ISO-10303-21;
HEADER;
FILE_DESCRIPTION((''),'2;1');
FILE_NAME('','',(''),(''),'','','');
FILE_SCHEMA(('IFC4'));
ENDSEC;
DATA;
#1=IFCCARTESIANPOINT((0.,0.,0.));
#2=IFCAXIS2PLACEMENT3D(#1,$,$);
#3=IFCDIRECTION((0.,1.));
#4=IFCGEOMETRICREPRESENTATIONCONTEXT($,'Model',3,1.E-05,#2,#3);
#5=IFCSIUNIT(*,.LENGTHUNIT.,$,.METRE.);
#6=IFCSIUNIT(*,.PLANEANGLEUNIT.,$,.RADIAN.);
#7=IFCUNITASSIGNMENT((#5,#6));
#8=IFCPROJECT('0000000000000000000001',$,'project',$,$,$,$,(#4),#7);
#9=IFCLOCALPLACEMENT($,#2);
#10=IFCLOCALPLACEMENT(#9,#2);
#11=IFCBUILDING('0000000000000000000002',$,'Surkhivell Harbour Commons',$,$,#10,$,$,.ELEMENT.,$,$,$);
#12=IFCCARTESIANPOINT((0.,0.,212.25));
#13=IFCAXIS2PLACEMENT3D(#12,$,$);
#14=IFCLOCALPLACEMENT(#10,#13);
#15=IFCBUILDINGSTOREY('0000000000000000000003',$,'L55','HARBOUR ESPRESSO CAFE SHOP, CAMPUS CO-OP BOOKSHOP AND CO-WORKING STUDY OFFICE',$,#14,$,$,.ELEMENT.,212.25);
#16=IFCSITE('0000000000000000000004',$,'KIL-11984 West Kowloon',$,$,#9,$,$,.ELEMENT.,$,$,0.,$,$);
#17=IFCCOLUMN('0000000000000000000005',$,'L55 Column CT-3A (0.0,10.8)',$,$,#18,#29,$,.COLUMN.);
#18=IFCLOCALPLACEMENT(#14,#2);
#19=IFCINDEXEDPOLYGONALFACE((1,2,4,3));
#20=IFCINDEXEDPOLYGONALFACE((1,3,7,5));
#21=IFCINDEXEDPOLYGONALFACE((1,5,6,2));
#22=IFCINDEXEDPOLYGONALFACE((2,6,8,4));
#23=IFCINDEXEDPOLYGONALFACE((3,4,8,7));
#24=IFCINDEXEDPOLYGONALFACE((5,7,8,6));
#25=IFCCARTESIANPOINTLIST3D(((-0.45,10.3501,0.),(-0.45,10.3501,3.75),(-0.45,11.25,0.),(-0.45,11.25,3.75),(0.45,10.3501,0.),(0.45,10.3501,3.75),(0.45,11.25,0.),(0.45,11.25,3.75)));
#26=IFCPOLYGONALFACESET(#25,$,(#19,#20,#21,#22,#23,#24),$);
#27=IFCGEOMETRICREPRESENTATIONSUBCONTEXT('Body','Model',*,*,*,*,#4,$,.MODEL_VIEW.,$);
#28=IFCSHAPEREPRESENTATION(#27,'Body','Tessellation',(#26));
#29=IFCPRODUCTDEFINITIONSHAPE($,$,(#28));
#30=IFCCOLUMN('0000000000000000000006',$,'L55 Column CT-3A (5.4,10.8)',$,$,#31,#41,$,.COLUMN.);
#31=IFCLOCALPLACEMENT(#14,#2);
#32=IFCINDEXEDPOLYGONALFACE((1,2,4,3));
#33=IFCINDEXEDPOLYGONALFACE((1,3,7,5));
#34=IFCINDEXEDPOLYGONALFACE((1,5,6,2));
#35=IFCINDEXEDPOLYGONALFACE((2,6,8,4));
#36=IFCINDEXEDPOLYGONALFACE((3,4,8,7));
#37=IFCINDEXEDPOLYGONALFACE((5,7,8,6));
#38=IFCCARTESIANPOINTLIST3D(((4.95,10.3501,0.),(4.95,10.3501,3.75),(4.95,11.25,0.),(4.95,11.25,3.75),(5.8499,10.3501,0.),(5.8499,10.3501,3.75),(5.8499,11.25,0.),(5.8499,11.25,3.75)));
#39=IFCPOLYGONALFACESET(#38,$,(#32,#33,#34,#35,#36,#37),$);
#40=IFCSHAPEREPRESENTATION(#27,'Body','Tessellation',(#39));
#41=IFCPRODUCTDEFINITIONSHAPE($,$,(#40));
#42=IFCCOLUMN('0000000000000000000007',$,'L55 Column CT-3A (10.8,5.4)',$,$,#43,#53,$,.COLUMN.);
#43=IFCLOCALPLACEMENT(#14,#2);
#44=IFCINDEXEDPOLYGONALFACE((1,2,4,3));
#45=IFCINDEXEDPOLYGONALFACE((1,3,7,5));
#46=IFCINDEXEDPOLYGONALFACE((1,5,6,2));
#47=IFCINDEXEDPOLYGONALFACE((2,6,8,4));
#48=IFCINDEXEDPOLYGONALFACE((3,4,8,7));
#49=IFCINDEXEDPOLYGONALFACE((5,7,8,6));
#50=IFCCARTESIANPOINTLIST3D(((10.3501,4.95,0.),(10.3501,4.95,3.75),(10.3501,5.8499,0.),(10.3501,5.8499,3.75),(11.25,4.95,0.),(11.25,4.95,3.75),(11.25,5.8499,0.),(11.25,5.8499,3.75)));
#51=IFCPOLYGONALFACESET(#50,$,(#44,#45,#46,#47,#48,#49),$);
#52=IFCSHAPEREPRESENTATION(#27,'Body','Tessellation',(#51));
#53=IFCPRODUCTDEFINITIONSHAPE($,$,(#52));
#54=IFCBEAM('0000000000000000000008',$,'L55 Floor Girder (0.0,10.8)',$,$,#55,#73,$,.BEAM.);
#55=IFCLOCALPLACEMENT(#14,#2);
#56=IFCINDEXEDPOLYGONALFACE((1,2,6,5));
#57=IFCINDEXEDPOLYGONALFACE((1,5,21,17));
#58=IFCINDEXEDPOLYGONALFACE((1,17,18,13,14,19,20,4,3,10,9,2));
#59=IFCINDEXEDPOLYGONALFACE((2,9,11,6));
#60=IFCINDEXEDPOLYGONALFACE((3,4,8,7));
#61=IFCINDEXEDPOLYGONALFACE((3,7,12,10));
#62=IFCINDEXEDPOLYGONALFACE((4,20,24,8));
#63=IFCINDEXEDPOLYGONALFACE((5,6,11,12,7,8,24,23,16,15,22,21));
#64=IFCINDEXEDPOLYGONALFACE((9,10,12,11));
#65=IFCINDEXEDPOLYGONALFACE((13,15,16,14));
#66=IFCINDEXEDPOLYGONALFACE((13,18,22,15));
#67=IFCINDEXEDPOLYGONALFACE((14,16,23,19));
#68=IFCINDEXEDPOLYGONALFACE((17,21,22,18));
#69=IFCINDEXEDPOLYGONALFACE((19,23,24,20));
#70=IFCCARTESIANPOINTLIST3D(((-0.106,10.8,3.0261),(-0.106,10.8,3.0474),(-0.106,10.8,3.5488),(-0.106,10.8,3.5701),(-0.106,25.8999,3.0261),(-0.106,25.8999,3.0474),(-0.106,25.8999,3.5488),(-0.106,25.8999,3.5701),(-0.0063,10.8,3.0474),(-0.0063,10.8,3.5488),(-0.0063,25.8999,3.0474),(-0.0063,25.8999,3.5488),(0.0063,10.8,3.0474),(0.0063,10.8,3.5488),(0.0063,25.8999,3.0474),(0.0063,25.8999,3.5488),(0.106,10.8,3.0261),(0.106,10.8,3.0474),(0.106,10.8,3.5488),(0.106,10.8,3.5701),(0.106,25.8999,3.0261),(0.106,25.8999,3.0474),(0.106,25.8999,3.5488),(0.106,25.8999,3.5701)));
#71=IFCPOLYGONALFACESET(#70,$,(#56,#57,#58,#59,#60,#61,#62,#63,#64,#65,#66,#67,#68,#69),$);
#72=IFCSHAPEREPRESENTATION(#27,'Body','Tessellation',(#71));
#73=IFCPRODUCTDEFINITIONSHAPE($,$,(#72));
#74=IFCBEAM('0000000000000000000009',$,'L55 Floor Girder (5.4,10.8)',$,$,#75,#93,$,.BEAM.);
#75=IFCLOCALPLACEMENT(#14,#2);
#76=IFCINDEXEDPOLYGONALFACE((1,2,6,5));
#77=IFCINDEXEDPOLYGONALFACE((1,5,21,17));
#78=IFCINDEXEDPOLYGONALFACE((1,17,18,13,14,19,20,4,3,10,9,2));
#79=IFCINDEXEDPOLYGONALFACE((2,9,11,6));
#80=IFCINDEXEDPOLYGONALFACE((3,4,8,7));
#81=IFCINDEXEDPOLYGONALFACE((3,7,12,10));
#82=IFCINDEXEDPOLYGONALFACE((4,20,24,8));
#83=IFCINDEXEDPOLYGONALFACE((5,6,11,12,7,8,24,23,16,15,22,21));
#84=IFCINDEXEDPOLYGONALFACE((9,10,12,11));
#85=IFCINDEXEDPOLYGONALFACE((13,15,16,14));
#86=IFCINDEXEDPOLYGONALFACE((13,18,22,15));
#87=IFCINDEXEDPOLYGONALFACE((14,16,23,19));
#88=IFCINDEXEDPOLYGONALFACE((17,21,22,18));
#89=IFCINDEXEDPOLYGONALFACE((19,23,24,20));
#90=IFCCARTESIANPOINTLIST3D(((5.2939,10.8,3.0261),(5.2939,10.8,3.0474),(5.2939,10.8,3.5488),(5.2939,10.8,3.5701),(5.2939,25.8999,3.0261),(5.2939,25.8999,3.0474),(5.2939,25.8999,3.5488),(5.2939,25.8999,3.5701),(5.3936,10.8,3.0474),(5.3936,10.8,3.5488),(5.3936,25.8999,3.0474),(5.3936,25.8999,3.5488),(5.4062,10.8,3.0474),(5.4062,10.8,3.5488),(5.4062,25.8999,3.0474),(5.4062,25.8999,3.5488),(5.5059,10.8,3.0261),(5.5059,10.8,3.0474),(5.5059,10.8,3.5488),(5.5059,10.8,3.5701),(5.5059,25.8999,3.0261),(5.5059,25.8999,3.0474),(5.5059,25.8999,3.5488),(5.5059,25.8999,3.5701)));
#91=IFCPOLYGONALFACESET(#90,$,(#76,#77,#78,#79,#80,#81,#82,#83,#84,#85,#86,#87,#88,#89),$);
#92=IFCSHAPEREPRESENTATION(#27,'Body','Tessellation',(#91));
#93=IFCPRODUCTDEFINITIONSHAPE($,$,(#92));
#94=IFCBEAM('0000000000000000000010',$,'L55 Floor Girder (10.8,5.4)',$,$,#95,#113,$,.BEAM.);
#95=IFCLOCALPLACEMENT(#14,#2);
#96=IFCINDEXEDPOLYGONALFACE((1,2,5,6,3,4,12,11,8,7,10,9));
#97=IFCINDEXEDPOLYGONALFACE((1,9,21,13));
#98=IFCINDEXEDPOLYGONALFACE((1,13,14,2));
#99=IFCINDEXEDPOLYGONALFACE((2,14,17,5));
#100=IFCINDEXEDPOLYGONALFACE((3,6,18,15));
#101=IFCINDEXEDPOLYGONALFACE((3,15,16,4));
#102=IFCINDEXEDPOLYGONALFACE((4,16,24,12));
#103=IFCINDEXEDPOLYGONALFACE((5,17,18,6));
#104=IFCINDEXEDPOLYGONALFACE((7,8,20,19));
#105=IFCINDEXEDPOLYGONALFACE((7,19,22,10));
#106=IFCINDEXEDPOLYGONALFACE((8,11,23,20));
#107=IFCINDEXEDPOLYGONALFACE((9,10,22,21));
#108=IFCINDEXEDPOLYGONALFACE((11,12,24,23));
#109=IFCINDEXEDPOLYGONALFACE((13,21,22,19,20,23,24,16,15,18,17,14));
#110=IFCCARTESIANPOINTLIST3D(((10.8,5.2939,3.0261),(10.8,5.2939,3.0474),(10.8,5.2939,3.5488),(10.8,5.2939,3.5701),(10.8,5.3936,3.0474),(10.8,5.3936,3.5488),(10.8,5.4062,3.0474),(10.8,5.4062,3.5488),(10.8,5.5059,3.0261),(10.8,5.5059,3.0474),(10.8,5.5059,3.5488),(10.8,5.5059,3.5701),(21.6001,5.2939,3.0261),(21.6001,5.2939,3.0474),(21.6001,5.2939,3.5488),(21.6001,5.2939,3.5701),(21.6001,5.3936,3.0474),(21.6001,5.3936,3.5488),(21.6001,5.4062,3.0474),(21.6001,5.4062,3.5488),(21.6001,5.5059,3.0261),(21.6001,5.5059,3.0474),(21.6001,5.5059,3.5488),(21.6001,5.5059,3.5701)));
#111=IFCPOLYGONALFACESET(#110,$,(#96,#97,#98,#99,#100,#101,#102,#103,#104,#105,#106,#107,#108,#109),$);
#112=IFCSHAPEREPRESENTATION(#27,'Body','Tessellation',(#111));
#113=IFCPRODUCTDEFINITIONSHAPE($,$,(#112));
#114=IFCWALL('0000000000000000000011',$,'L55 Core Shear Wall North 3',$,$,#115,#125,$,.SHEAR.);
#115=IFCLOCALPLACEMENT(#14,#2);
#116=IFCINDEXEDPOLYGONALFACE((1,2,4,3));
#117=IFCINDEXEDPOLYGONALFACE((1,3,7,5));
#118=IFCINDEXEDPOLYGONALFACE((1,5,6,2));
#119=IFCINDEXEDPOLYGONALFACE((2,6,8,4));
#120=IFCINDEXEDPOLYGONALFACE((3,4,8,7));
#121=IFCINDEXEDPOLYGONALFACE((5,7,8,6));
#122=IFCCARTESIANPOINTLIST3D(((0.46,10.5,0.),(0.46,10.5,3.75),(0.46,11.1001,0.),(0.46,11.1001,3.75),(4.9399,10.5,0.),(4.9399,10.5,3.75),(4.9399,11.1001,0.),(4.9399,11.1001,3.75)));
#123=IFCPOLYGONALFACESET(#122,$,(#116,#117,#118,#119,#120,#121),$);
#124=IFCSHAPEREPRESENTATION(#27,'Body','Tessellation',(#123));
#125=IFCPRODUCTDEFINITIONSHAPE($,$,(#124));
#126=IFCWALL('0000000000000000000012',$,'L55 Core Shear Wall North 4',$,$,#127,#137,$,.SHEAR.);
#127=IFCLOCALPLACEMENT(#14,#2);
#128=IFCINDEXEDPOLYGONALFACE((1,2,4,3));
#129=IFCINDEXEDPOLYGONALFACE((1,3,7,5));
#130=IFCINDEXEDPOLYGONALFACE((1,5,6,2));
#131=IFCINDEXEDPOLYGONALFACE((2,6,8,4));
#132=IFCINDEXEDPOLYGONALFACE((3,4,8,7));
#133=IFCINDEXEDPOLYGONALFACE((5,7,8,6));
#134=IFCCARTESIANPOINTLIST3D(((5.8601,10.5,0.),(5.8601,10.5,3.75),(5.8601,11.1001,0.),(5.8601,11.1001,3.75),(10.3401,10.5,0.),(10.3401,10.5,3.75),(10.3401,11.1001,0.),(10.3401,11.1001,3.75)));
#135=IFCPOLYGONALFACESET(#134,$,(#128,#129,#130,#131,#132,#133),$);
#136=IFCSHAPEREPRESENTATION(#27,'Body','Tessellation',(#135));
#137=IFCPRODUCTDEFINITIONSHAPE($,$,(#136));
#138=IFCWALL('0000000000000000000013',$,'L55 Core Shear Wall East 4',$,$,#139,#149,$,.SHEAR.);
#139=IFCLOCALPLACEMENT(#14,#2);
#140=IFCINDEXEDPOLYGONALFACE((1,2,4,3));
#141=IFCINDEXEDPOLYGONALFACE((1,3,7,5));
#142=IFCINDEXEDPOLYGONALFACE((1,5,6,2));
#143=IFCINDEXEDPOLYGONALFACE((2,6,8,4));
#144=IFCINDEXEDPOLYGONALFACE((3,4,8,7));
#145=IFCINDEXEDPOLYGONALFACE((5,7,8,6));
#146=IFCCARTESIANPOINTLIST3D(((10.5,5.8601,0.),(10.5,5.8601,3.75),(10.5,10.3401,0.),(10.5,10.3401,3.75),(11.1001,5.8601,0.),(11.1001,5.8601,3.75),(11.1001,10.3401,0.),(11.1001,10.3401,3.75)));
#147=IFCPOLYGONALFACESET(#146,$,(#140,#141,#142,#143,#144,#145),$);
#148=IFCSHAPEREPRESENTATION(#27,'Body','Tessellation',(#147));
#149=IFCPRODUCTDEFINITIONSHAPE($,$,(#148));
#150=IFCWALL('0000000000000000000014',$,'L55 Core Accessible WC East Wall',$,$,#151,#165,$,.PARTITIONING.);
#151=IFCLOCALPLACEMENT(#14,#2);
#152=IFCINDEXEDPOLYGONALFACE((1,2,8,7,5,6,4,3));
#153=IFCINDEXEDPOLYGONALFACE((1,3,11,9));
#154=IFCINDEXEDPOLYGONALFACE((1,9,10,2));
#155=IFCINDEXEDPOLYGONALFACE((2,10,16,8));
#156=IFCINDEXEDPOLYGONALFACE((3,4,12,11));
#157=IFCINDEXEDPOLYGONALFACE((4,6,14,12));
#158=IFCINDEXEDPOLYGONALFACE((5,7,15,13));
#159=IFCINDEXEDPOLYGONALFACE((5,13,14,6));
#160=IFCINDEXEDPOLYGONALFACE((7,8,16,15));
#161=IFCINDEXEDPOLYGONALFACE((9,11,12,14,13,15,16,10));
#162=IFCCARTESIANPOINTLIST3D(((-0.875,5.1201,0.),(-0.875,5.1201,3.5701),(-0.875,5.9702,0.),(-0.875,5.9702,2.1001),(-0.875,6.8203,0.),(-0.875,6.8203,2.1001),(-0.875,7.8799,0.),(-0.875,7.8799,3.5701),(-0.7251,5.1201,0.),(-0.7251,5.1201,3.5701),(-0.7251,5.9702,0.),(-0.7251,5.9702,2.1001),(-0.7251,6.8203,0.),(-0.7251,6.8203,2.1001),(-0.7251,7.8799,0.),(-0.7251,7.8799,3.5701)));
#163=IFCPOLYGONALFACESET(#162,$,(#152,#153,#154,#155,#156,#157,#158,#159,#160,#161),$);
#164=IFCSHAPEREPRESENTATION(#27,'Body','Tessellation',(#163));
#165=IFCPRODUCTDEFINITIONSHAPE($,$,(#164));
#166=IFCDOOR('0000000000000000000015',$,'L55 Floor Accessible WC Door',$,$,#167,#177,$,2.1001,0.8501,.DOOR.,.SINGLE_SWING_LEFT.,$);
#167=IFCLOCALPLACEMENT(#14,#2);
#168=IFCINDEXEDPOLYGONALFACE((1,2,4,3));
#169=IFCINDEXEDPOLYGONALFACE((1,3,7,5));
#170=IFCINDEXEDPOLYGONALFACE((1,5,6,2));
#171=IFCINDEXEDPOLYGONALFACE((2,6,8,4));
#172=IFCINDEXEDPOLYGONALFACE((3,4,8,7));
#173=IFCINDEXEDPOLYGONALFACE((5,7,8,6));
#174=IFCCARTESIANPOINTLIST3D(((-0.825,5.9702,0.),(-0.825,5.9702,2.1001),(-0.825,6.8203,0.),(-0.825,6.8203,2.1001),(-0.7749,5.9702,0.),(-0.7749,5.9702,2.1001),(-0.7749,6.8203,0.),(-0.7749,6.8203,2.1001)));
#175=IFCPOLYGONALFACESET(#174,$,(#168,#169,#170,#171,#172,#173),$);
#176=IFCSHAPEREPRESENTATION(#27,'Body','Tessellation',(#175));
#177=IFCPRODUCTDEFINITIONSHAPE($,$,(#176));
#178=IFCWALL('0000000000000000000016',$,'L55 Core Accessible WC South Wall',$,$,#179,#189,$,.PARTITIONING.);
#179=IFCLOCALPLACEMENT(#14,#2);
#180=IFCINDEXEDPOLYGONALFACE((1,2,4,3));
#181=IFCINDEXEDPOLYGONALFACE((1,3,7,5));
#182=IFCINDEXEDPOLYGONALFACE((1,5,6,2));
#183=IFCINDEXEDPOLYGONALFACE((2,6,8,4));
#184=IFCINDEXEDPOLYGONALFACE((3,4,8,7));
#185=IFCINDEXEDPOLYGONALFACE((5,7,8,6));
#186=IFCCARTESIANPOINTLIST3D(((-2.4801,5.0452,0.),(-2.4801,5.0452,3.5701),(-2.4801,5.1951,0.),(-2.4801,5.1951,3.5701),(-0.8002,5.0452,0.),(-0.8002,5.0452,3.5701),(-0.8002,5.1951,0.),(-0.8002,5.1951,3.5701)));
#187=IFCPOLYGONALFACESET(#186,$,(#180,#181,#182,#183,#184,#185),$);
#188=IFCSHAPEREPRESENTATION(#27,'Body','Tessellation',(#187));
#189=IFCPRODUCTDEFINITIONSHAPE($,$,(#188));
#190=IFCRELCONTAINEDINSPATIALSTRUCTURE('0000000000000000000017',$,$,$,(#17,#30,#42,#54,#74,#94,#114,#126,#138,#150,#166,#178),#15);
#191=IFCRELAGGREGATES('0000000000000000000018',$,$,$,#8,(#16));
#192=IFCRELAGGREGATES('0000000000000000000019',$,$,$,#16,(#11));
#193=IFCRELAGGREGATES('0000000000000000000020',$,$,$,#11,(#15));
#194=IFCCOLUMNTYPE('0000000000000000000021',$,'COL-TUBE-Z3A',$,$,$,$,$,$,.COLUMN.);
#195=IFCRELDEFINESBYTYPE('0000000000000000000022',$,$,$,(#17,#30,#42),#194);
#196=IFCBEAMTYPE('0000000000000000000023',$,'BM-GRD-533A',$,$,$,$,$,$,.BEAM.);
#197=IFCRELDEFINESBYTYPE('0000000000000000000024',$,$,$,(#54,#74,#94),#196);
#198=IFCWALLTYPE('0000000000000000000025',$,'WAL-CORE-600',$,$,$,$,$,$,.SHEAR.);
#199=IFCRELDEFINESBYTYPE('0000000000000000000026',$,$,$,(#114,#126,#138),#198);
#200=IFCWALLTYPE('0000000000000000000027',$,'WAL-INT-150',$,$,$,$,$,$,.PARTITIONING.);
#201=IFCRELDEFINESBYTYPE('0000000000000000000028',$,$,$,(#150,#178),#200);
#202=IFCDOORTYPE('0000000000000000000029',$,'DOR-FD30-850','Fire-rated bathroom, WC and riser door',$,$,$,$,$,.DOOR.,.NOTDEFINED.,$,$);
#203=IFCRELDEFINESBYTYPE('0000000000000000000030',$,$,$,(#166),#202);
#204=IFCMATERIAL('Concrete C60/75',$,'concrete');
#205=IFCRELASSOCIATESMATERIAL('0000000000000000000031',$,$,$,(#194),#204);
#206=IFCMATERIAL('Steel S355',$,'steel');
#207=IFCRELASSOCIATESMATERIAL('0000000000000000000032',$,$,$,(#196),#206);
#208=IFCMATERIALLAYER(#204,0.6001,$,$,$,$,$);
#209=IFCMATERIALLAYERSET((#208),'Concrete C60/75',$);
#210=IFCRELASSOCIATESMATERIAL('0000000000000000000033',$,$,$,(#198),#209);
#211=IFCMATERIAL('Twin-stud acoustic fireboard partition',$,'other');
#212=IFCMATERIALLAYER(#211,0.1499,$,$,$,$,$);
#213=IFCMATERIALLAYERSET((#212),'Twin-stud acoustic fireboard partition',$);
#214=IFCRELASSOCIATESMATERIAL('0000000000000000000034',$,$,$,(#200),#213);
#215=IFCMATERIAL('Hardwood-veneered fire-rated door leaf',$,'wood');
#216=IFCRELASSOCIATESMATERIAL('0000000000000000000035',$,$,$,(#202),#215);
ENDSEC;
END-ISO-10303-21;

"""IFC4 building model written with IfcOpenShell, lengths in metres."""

from ifc_helpers import new_model, si_unit, direction, frame, frame_2d, origin, origin_2d, place, context, subcontext, project, spatial, rectangle, i_section, extrude, material, layer, layer_set, material_profile, profile_set, type_object, element, fill, save


model = new_model("IFC4")

# Units and contexts
model_context = context("Model", 3, precision=1e-05, world=origin(), true_north=direction((0.0, 1.0)))
body_context = subcontext(model_context, "Body", "Model", "MODEL_VIEW")
ifc_project = project(units=[si_unit("LENGTHUNIT", "METRE"), si_unit("PLANEANGLEUNIT", "RADIAN")], contexts=[model_context])

# Site, building, storey
site_placement = place(None, origin())
site = spatial("IfcSite", under=ifc_project, at=site_placement, Name="KIL-11984 West Kowloon", CompositionType="ELEMENT", RefElevation=0.0)
building_placement = place(site_placement, origin())
building = spatial("IfcBuilding", under=site, at=building_placement, Name="Surkhivell Harbour Commons", CompositionType="ELEMENT")
storey_placement = place(building_placement, frame((0.0, 0.0, 212.25)))
storey = spatial("IfcBuildingStorey", under=building, at=storey_placement, Name="L55", Description="HARBOUR ESPRESSO CAFE SHOP, CAMPUS CO-OP BOOKSHOP AND CO-WORKING STUDY OFFICE", CompositionType="ELEMENT", Elevation=212.25)

# Columns
ifc_material_1 = material(Name="Concrete C60/75", Category="concrete")
ifc_material_profile_1 = material_profile(ifc_material_1, rectangle(XDim=0.8999, YDim=0.8999, at=origin_2d()), Name="RC-COL-900x900")
ifc_profile_set_1 = profile_set([ifc_material_profile_1], Name="Concrete C60/75")
column_type = type_object("IfcColumnType", Name="COL-TUBE-Z3A", PredefinedType="COLUMN", material=ifc_profile_set_1)
for number, where, z_axis, x_axis, name in (
    (1, (0.0, 10.8, 0.0), (0.0, 0.0, 1.0), (1.0, 0.0, 0.0), "L55 Column CT-3A (0.0,10.8)"),
    (2, (5.3999, 10.8, 0.0), (0.0, 0.0, 1.0), (1.0, 0.0, 0.0), "L55 Column CT-3A (5.4,10.8)"),
    (3, (10.8, 5.3999, 0.0), (0.0, 0.0, 1.0), (1.0, 0.0, 0.0), "L55 Column CT-3A (10.8,5.4)"),
):
    element("IfcColumn", number, at=place(storey_placement, frame(where, z_axis=z_axis, x_axis=x_axis)), inside=storey, type_object=column_type, Name=name, PredefinedType="COLUMN", context=body_context, shape_type="SweptSolid", body=[
        extrude(rectangle(XDim=0.8999, YDim=0.8999, at=origin_2d()), origin(), (0.0, 0.0, 1.0), 3.75),
    ])

# Beams
ifc_material_2 = material(Name="Steel S355", Category="steel")
ifc_material_profile_2 = material_profile(ifc_material_2, i_section(OverallWidth=0.2119, OverallDepth=0.5439, WebThickness=0.0127, FlangeThickness=0.0212, at=origin_2d()), Name="UB533x210x122")
ifc_profile_set_2 = profile_set([ifc_material_profile_2], Name="Steel S355")
beam_type = type_object("IfcBeamType", Name="BM-GRD-533A", PredefinedType="BEAM", material=ifc_profile_set_2)
for number, where, z_axis, x_axis, name in (
    (4, (0.0, 10.8, 3.2981), (0.0, 1.0, 0.0), (-1.0, 0.0, 0.0), "L55 Floor Girder (0.0,10.8)"),
    (5, (5.3999, 10.8, 3.2981), (0.0, 1.0, 0.0), (-1.0, 0.0, 0.0), "L55 Floor Girder (5.4,10.8)"),
):
    element("IfcBeam", number, at=place(storey_placement, frame(where, z_axis=z_axis, x_axis=x_axis)), inside=storey, type_object=beam_type, Name=name, PredefinedType="BEAM", context=body_context, shape_type="SweptSolid", body=[
        extrude(i_section(OverallWidth=0.2119, OverallDepth=0.5439, WebThickness=0.0127, FlangeThickness=0.0212, at=origin_2d()), origin(), (0.0, 0.0, 1.0), 15.0999),
    ])
beam_placement = place(storey_placement, frame((10.8, 5.3999, 3.2981), z_axis=(1.0, 0.0, 0.0), x_axis=(0.0, 1.0, 0.0)))
element("IfcBeam", 6, at=beam_placement, inside=storey, type_object=beam_type, Name="L55 Floor Girder (10.8,5.4)", PredefinedType="BEAM", context=body_context, shape_type="SweptSolid", body=[
    extrude(i_section(OverallWidth=0.2119, OverallDepth=0.5439, WebThickness=0.0127, FlangeThickness=0.0212, at=origin_2d()), origin(), (0.0, 0.0, 1.0), 10.8),
])

# Walls
ifc_layer_1 = layer(ifc_material_1, 0.6001)
ifc_layer_set_1 = layer_set([ifc_layer_1], Name="Concrete C60/75")
wall_type_1 = type_object("IfcWallType", Name="WAL-CORE-600", PredefinedType="SHEAR", material=ifc_layer_set_1)
for number, where, z_axis, x_axis, name in (
    (7, (0.46, 10.8, 0.0), (0.0, 0.0, 1.0), (1.0, 0.0, 0.0), "L55 Core Shear Wall North 3"),
    (8, (5.8601, 10.8, 0.0), (0.0, 0.0, 1.0), (1.0, 0.0, 0.0), "L55 Core Shear Wall North 4"),
    (9, (10.8, 5.8601, 0.0), (0.0, 0.0, 1.0), (0.0, 1.0, 0.0), "L55 Core Shear Wall East 4"),
):
    element("IfcWall", number, at=place(storey_placement, frame(where, z_axis=z_axis, x_axis=x_axis)), inside=storey, type_object=wall_type_1, Name=name, PredefinedType="SHEAR", context=body_context, shape_type="SweptSolid", body=[
        extrude(rectangle(XDim=4.48, YDim=0.6001, at=frame_2d((2.24, 0.0))), origin(), (0.0, 0.0, 1.0), 3.75),
    ])

# Wall, opening, door
ifc_material_3 = material(Name="Twin-stud acoustic fireboard partition", Category="other")
ifc_layer_2 = layer(ifc_material_3, 0.1499)
ifc_layer_set_2 = layer_set([ifc_layer_2], Name="Twin-stud acoustic fireboard partition")
wall_type_2 = type_object("IfcWallType", Name="WAL-INT-150", PredefinedType="PARTITIONING", material=ifc_layer_set_2)
wall_1_placement = place(storey_placement, frame((-0.8, 5.1201, 0.0), z_axis=(0.0, 0.0, 1.0), x_axis=(0.0, 1.0, 0.0)))
wall_1 = element("IfcWall", 10, at=wall_1_placement, inside=storey, type_object=wall_type_2, Name="L55 Core Accessible WC East Wall", PredefinedType="PARTITIONING", context=body_context, shape_type="SweptSolid", body=[
    extrude(rectangle(XDim=2.7598, YDim=0.1499, at=frame_2d((1.3799, 0.0))), origin(), (0.0, 0.0, 1.0), 3.5701),
])
opening_1_placement = place(wall_1_placement, frame((0.8501, 0.0, 0.0)))
opening_1 = element("IfcOpeningElement", 11, at=opening_1_placement, cuts=wall_1, PredefinedType="OPENING", context=body_context, shape_type="SweptSolid", body=[
    extrude(rectangle(XDim=0.8501, YDim=2.1001, at=frame_2d((0.425, 1.05))), frame((0.0, 0.085, 0.0), z_axis=(0.0, -1.0, 0.0), x_axis=(1.0, 0.0, 0.0)), (0.0, 0.0, 1.0), 0.1699),
])
ifc_material_4 = material(Name="Hardwood-veneered fire-rated door leaf", Category="wood")
door_type_1 = type_object("IfcDoorType", Name="DOR-FD30-850", Description="Fire-rated bathroom, WC and riser door", OperationType="NOTDEFINED", PredefinedType="DOOR", material=ifc_material_4)
door_1_placement = place(opening_1_placement, origin())
door_1 = element("IfcDoor", 12, at=door_1_placement, inside=storey, type_object=door_type_1, Name="L55 Floor Accessible WC Door", OperationType="SINGLE_SWING_LEFT", OverallHeight=2.1001, OverallWidth=0.8501, PredefinedType="DOOR", context=body_context, shape_type="SweptSolid", body=[
    extrude(rectangle(XDim=0.8501, YDim=2.1001, at=frame_2d((0.425, 1.05))), frame((0.0, 0.0249, 0.0), z_axis=(0.0, -1.0, 0.0), x_axis=(1.0, 0.0, 0.0)), (0.0, 0.0, 1.0), 0.05),
])
fill(opening_1, door_1)

# Wall
wall_2_placement = place(storey_placement, frame((-2.48, 5.1201, 0.0), z_axis=(0.0, 0.0, 1.0), x_axis=(1.0, 0.0, 0.0)))
element("IfcWall", 13, at=wall_2_placement, inside=storey, type_object=wall_type_2, Name="L55 Core Accessible WC South Wall", PredefinedType="PARTITIONING", context=body_context, shape_type="SweptSolid", body=[
    extrude(rectangle(XDim=1.6799, YDim=0.1499, at=frame_2d((0.8398, 0.0))), origin(), (0.0, 0.0, 1.0), 3.5701),
])

save(model, "model.ifc")
